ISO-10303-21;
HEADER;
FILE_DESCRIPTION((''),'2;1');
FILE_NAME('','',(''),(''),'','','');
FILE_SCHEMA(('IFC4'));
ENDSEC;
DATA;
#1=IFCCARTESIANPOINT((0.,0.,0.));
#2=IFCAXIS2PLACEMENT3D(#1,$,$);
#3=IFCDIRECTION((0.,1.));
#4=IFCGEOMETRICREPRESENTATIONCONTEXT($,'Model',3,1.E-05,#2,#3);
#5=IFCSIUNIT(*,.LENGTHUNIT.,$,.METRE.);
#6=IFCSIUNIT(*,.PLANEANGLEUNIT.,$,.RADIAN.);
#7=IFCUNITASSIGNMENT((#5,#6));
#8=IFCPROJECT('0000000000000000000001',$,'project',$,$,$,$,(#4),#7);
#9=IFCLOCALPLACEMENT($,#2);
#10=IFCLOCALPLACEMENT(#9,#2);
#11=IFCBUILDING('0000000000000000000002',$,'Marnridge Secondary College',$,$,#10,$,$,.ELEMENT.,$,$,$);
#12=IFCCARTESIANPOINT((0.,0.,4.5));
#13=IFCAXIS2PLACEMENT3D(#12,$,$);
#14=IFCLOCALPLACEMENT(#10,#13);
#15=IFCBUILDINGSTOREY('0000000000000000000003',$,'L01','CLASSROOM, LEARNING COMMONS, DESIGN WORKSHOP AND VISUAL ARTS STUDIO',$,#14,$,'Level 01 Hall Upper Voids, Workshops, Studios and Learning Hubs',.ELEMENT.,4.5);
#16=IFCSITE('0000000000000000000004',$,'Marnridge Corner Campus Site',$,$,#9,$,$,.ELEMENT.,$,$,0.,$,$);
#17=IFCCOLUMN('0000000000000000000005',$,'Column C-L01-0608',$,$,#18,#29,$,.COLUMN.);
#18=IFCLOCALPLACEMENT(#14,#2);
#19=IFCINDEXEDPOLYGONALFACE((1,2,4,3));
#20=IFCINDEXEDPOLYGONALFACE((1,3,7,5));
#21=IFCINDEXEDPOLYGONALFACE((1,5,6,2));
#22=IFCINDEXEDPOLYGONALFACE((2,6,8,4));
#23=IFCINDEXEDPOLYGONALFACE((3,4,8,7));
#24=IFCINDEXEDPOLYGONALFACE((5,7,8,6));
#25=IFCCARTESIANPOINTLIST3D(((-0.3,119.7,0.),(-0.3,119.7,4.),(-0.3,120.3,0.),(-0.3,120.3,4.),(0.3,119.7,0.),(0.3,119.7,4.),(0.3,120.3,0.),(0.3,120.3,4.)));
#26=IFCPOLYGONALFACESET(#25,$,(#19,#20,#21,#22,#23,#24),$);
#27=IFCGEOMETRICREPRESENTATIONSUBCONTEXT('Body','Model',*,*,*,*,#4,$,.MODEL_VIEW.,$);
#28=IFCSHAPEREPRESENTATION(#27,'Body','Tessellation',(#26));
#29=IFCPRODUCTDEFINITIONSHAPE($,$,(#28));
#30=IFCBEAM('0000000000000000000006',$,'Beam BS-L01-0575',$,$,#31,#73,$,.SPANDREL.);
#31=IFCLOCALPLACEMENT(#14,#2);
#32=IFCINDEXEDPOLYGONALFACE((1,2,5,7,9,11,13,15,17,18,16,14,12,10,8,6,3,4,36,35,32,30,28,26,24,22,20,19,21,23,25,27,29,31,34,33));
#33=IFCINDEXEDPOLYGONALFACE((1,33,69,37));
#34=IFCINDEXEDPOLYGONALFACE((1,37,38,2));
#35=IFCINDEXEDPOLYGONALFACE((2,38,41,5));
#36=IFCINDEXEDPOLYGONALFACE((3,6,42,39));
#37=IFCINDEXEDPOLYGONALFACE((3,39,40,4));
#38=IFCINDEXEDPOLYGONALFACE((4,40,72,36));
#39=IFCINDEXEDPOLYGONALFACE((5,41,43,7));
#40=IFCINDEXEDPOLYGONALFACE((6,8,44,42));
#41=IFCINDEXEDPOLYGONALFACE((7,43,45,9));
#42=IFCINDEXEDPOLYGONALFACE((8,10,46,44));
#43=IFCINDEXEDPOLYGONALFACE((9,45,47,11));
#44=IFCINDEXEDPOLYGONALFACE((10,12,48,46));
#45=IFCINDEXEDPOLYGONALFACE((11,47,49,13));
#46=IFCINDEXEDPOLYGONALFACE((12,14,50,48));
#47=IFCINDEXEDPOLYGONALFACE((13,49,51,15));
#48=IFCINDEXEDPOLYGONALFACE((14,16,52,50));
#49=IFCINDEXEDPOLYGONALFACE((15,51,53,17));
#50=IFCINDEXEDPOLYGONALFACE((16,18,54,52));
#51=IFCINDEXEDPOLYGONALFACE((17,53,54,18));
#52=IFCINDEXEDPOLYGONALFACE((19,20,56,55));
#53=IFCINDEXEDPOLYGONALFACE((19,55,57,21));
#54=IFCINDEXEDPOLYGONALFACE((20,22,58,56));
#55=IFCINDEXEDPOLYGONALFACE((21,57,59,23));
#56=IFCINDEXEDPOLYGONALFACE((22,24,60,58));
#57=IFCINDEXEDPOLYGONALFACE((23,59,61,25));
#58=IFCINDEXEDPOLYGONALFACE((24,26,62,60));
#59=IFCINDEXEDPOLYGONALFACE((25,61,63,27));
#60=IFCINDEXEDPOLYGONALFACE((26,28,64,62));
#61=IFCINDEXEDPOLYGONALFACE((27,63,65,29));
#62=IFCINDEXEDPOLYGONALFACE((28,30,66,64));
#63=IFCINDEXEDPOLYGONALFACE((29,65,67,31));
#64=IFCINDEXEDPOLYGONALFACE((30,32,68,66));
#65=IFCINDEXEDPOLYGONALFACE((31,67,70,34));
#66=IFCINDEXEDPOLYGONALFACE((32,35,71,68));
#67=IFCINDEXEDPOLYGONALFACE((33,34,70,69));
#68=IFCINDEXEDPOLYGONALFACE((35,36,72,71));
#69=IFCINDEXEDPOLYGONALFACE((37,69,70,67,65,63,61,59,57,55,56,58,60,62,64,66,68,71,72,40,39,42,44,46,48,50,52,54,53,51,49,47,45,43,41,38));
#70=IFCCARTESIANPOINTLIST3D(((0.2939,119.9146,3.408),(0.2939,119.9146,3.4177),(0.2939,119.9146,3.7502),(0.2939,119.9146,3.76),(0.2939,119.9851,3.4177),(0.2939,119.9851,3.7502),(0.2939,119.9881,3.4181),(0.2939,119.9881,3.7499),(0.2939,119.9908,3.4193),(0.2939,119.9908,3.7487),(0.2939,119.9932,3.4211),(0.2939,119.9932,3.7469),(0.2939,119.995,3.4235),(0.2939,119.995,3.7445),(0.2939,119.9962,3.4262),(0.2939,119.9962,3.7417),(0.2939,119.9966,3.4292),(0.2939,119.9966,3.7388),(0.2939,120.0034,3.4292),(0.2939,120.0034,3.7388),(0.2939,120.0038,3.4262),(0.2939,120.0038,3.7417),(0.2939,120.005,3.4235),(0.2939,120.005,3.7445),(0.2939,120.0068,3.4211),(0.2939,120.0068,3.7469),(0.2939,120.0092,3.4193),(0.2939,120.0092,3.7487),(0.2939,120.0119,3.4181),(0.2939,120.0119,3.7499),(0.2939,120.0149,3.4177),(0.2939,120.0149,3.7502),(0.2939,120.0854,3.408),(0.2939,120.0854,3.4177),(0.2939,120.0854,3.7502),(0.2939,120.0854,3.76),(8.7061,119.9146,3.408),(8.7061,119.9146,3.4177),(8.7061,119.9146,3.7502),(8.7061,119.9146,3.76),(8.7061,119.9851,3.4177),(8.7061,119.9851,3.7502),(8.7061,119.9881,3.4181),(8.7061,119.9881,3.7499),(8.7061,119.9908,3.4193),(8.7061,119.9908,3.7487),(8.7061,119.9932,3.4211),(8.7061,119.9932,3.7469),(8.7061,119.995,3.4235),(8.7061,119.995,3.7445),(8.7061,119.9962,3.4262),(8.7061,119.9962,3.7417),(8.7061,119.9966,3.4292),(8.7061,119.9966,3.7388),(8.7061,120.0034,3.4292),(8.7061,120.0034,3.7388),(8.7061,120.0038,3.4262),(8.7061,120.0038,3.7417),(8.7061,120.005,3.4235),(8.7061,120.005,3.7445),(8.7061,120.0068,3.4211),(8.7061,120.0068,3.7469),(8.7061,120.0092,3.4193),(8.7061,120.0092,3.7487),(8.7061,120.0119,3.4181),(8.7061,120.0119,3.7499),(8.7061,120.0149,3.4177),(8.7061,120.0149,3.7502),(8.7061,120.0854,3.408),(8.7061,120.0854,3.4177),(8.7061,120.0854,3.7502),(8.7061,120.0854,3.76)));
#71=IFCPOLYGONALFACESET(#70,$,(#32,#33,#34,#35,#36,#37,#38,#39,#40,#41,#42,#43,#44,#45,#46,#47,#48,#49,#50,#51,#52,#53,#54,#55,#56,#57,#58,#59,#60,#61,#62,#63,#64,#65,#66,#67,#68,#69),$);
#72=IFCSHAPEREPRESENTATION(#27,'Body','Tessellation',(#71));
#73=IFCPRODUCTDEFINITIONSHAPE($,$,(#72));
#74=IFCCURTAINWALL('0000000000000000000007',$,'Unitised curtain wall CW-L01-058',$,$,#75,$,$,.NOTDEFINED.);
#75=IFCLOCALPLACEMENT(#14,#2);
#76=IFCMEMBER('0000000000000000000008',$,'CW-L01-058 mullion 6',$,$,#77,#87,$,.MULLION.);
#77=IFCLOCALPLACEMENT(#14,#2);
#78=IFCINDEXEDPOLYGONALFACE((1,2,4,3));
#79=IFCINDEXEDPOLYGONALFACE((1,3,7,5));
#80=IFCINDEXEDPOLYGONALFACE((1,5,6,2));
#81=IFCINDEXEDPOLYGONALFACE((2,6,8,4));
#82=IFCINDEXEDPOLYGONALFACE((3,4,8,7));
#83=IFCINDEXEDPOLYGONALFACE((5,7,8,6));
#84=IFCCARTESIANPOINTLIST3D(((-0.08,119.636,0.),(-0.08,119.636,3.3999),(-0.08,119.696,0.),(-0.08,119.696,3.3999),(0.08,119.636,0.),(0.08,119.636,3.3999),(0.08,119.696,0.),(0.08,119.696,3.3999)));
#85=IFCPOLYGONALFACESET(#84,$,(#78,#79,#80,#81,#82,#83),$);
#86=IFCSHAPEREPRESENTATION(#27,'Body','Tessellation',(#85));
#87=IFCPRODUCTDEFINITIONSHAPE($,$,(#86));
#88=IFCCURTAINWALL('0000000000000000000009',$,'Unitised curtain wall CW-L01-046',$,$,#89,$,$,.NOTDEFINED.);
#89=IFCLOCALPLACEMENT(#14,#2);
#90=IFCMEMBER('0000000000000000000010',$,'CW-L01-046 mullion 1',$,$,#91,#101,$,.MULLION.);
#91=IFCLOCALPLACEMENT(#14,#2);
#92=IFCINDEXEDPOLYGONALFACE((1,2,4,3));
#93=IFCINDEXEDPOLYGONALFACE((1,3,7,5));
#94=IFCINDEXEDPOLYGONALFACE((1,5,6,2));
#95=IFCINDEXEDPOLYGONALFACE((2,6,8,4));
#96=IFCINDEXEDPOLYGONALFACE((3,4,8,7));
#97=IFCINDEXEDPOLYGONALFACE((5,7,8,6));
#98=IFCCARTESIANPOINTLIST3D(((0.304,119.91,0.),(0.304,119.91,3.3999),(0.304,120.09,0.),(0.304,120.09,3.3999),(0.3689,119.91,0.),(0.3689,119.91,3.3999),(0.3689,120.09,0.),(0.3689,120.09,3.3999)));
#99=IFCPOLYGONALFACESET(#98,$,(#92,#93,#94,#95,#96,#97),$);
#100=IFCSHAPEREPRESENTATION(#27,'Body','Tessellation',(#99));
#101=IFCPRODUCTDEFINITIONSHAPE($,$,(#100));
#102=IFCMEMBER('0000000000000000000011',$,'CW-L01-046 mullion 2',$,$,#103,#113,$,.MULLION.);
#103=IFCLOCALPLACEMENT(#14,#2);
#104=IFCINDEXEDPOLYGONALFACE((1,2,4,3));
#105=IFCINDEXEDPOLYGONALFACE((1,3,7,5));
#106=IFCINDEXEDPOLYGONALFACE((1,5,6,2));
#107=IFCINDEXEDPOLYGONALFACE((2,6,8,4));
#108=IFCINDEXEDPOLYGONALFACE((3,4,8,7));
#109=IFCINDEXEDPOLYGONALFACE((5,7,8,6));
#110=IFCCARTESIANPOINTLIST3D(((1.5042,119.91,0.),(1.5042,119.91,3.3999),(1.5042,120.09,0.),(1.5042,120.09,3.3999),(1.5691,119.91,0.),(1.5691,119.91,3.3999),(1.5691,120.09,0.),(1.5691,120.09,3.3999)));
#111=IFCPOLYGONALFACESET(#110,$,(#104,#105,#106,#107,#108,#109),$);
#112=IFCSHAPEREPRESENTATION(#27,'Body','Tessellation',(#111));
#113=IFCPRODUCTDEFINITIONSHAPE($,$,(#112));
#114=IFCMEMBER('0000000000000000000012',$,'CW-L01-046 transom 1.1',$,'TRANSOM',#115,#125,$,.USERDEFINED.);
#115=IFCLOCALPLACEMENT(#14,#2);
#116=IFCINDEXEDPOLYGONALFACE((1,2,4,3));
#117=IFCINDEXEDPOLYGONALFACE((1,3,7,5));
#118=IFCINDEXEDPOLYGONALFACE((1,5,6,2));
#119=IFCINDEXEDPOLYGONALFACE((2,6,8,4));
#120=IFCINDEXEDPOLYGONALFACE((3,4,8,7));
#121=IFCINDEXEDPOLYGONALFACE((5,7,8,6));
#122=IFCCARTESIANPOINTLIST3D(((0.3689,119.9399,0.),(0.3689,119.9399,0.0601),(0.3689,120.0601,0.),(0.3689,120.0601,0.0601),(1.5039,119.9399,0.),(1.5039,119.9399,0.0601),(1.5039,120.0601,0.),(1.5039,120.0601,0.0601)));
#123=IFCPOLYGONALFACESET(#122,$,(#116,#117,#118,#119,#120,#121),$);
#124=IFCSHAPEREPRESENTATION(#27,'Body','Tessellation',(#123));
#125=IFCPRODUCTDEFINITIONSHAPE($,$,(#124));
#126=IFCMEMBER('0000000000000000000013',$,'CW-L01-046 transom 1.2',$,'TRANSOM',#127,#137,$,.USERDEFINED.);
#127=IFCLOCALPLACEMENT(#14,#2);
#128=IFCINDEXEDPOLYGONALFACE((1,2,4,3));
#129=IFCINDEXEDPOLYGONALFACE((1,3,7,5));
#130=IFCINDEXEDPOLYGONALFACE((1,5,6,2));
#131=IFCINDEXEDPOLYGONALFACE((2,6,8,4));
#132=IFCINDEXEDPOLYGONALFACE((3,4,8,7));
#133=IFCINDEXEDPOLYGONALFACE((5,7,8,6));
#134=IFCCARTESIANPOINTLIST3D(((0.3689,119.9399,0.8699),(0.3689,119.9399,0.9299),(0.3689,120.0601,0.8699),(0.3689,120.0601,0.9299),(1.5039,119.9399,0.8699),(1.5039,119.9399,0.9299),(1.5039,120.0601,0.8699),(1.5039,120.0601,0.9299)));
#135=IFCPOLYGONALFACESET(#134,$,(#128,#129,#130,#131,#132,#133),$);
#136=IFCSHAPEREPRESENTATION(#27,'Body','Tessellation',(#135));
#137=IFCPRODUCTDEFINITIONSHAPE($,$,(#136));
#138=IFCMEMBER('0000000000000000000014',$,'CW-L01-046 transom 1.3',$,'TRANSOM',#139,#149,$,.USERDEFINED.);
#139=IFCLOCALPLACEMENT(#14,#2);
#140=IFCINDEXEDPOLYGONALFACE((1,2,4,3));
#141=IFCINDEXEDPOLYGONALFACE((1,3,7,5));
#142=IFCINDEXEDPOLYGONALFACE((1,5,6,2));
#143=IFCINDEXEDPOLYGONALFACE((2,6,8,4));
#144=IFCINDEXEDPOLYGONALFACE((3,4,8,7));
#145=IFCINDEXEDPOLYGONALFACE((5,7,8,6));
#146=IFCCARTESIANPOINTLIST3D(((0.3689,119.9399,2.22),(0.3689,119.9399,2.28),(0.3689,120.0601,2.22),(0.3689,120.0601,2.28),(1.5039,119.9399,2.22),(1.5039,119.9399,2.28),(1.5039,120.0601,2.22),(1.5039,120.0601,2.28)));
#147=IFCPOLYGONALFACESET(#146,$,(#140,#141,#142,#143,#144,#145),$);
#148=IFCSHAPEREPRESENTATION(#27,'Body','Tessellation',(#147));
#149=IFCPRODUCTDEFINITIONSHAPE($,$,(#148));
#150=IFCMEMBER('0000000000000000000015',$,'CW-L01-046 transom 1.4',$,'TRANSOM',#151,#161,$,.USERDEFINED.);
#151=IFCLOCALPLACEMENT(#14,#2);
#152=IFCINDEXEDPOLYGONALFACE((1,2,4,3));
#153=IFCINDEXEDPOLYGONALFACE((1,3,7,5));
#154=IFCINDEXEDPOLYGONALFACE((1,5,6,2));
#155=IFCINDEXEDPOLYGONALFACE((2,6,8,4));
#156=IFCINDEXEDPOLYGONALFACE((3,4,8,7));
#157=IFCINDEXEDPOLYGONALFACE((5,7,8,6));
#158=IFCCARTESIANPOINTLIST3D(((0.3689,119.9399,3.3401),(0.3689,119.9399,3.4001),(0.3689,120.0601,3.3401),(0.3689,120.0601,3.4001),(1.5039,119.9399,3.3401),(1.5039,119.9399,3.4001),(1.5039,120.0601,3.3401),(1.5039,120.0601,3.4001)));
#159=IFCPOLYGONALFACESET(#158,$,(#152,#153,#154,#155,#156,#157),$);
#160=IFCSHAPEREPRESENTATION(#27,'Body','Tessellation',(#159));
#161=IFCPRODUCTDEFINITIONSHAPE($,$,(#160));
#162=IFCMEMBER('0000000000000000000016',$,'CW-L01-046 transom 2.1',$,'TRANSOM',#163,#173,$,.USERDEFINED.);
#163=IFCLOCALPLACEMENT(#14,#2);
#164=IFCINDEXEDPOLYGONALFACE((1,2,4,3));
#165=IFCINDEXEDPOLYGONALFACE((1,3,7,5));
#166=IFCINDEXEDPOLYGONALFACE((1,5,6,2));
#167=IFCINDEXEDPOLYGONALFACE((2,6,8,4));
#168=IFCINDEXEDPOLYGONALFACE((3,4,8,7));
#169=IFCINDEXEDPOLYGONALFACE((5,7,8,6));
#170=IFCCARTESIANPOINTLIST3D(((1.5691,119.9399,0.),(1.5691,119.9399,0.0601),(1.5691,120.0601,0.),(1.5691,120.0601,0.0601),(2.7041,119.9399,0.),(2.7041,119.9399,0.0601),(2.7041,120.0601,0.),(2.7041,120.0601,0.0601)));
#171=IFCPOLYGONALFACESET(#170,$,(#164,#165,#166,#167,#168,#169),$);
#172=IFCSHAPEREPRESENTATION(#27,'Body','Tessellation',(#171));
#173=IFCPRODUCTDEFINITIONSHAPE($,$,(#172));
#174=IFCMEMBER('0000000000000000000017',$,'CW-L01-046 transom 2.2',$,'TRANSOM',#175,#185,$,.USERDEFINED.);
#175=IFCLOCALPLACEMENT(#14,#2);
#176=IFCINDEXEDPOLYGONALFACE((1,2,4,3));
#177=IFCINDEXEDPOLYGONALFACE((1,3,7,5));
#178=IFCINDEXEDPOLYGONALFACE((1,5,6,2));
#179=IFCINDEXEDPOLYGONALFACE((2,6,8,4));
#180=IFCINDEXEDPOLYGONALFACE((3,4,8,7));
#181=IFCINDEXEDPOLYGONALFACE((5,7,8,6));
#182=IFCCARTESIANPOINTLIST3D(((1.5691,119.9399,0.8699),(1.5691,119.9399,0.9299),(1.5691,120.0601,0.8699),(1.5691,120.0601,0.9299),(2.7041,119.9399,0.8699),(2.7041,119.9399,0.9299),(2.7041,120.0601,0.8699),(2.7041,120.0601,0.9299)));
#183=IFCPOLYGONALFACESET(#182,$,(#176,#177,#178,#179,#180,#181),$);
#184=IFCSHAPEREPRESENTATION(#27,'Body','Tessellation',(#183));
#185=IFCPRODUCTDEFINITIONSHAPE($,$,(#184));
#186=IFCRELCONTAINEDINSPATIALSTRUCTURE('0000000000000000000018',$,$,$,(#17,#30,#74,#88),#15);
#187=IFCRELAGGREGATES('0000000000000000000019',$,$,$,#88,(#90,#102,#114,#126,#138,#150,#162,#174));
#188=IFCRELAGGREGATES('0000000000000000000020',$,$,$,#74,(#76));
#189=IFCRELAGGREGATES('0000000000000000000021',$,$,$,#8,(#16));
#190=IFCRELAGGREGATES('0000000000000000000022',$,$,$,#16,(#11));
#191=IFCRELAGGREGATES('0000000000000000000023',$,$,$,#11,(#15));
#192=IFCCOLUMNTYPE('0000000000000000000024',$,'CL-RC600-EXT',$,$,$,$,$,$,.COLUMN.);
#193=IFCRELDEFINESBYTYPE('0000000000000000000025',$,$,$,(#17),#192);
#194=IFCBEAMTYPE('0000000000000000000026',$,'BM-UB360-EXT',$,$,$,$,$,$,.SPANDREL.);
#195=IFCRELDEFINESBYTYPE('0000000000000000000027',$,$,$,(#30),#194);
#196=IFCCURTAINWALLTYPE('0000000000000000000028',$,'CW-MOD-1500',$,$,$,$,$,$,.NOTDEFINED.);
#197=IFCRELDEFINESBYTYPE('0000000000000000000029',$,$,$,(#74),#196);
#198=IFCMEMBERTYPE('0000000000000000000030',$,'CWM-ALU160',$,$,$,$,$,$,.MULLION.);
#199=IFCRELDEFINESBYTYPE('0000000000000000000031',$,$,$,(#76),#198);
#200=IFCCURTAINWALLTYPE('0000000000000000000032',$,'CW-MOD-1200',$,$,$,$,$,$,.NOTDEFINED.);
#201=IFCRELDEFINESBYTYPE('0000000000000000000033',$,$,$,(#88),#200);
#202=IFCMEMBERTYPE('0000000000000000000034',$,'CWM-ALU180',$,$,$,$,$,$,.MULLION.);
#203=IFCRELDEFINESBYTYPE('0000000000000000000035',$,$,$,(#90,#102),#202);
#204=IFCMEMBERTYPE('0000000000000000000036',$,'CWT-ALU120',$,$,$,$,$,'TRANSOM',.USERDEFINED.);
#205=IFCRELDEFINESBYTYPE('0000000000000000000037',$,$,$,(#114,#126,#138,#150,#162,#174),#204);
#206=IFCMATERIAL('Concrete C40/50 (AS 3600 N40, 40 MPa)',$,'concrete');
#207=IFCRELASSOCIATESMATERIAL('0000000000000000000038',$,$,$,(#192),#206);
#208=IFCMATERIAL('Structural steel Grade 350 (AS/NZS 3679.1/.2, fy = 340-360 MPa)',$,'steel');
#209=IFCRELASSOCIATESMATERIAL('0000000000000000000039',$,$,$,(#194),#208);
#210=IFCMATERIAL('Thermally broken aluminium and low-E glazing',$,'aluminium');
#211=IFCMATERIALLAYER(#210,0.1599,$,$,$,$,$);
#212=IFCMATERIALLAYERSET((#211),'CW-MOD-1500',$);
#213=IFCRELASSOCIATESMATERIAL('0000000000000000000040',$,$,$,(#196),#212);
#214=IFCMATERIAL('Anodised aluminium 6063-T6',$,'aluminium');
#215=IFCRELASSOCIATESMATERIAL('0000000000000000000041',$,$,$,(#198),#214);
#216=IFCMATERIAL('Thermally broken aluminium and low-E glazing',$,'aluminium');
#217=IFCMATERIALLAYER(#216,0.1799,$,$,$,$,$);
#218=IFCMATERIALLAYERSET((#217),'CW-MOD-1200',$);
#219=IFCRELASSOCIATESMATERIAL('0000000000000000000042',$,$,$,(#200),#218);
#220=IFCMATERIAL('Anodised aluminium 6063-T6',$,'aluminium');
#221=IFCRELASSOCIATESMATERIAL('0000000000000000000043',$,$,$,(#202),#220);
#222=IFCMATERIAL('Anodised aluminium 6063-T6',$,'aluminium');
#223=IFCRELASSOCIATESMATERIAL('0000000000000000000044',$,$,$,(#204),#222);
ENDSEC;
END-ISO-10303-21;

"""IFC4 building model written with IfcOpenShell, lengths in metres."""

from ifc_helpers import new_model, si_unit, direction, frame, origin, origin_2d, place, context, subcontext, project, spatial, rectangle, i_section, extrude, material, layer, layer_set, material_profile, profile_set, type_object, element, aggregate, save


model = new_model("IFC4")

# Units and contexts
model_context = context("Model", 3, precision=1e-05, world=origin(), true_north=direction((0.0, 1.0)))
body_context = subcontext(model_context, "Body", "Model", "MODEL_VIEW")
ifc_project = project(units=[si_unit("LENGTHUNIT", "METRE"), si_unit("PLANEANGLEUNIT", "RADIAN")], contexts=[model_context])

# Site, building, storey
site_placement = place(None, origin())
site = spatial("IfcSite", under=ifc_project, at=site_placement, Name="Marnridge Corner Campus Site", CompositionType="ELEMENT", RefElevation=0.0)
building_placement = place(site_placement, origin())
building = spatial("IfcBuilding", under=site, at=building_placement, Name="Marnridge Secondary College", CompositionType="ELEMENT")
storey_placement = place(building_placement, frame((0.0, 0.0, 4.5)))
storey = spatial("IfcBuildingStorey", under=building, at=storey_placement, Name="L01", Description="CLASSROOM, LEARNING COMMONS, DESIGN WORKSHOP AND VISUAL ARTS STUDIO", LongName="Level 01 Hall Upper Voids, Workshops, Studios and Learning Hubs", CompositionType="ELEMENT", Elevation=4.5)

# Column
ifc_material_1 = material(Name="Concrete C40/50 (AS 3600 N40, 40 MPa)", Category="concrete")
ifc_material_profile_1 = material_profile(ifc_material_1, rectangle(XDim=0.6001, YDim=0.6001, at=origin_2d()), Name="RC 600x600")
ifc_profile_set_1 = profile_set([ifc_material_profile_1], Name="Concrete C40/50 (AS 3600 N40, 40 MPa)")
column_type = type_object("IfcColumnType", Name="CL-RC600-EXT", PredefinedType="COLUMN", material=ifc_profile_set_1)
column_placement = place(storey_placement, frame((0.0, 120.0, 0.0), z_axis=(0.0, 0.0, 1.0), x_axis=(1.0, 0.0, 0.0)))
element("IfcColumn", 1, at=column_placement, inside=storey, type_object=column_type, Name="Column C-L01-0608", PredefinedType="COLUMN", context=body_context, shape_type="SweptSolid", body=[
    extrude(rectangle(XDim=0.6001, YDim=0.6001, at=origin_2d()), origin(), (0.0, 0.0, 1.0), 4.0),
])

# Beam
ifc_material_2 = material(Name="Structural steel Grade 350 (AS/NZS 3679.1/.2, fy = 340-360 MPa)", Category="steel")
ifc_material_profile_2 = material_profile(ifc_material_2, i_section(OverallWidth=0.1709, OverallDepth=0.3521, WebThickness=0.0068, FlangeThickness=0.0098, FilletRadius=0.0115, at=origin_2d()), Name="360UB44.7")
ifc_profile_set_2 = profile_set([ifc_material_profile_2], Name="Structural steel Grade 350 (AS/NZS 3679.1/.2, fy = 340-360 MPa)")
beam_type = type_object("IfcBeamType", Name="BM-UB360-EXT", PredefinedType="SPANDREL", material=ifc_profile_set_2)
beam_placement = place(storey_placement, frame((0.2939, 120.0, 3.584), z_axis=(1.0, 0.0, 0.0), x_axis=(0.0, 1.0, 0.0)))
element("IfcBeam", 2, at=beam_placement, inside=storey, type_object=beam_type, Name="Beam BS-L01-0575", PredefinedType="SPANDREL", context=body_context, shape_type="SweptSolid", body=[
    extrude(i_section(OverallWidth=0.1709, OverallDepth=0.3521, WebThickness=0.0068, FlangeThickness=0.0098, FilletRadius=0.0115, at=origin_2d()), origin(), (0.0, 0.0, 1.0), 8.4121),
])

# Curtain wall, member
ifc_material_3 = material(Name="Thermally broken aluminium and low-E glazing", Category="aluminium")
ifc_layer_1 = layer(ifc_material_3, 0.1599)
ifc_layer_set_1 = layer_set([ifc_layer_1], Name="CW-MOD-1500")
curtain_wall_type_1 = type_object("IfcCurtainWallType", Name="CW-MOD-1500", PredefinedType="NOTDEFINED", material=ifc_layer_set_1)
curtain_wall_1_placement = place(storey_placement, origin())
curtain_wall_1 = element("IfcCurtainWall", 3, at=curtain_wall_1_placement, inside=storey, type_object=curtain_wall_type_1, Name="Unitised curtain wall CW-L01-058", PredefinedType="NOTDEFINED")
ifc_material_4 = material(Name="Anodised aluminium 6063-T6", Category="aluminium")
ifc_material_profile_3 = material_profile(ifc_material_4, rectangle(XDim=0.0601, YDim=0.1599, at=origin_2d()), Name="ALU 60x160")
ifc_profile_set_3 = profile_set([ifc_material_profile_3], Name="Anodised aluminium 6063-T6")
member_type_1 = type_object("IfcMemberType", Name="CWM-ALU160", PredefinedType="MULLION", material=ifc_profile_set_3)
member_1_placement = place(storey_placement, frame((0.0, 119.666, 0.0), z_axis=(0.0, 0.0, 1.0), x_axis=(0.0, 1.0, 0.0)))
member_1 = element("IfcMember", 4, at=member_1_placement, type_object=member_type_1, Name="CW-L01-058 mullion 6", PredefinedType="MULLION", context=body_context, shape_type="SweptSolid", body=[
    extrude(rectangle(XDim=0.0601, YDim=0.1599, at=origin_2d()), origin(), (0.0, 0.0, 1.0), 3.3999),
])

# Curtain wall, members
ifc_material_5 = material(Name="Thermally broken aluminium and low-E glazing", Category="aluminium")
ifc_layer_2 = layer(ifc_material_5, 0.1799)
ifc_layer_set_2 = layer_set([ifc_layer_2], Name="CW-MOD-1200")
curtain_wall_type_2 = type_object("IfcCurtainWallType", Name="CW-MOD-1200", PredefinedType="NOTDEFINED", material=ifc_layer_set_2)
curtain_wall_2_placement = place(storey_placement, origin())
curtain_wall_2 = element("IfcCurtainWall", 5, at=curtain_wall_2_placement, inside=storey, type_object=curtain_wall_type_2, Name="Unitised curtain wall CW-L01-046", PredefinedType="NOTDEFINED")
ifc_material_6 = material(Name="Anodised aluminium 6063-T6", Category="aluminium")
ifc_material_profile_4 = material_profile(ifc_material_6, rectangle(XDim=0.0649, YDim=0.1799, at=origin_2d()), Name="ALU 65x180")
ifc_profile_set_4 = profile_set([ifc_material_profile_4], Name="Anodised aluminium 6063-T6")
member_type_2 = type_object("IfcMemberType", Name="CWM-ALU180", PredefinedType="MULLION", material=ifc_profile_set_4)
member_2_placement = place(storey_placement, frame((0.3364, 120.0, 0.0), z_axis=(0.0, 0.0, 1.0), x_axis=(1.0, 0.0, 0.0)))
member_2 = element("IfcMember", 6, at=member_2_placement, type_object=member_type_2, Name="CW-L01-046 mullion 1", PredefinedType="MULLION", context=body_context, shape_type="SweptSolid", body=[
    extrude(rectangle(XDim=0.0649, YDim=0.1799, at=origin_2d()), origin(), (0.0, 0.0, 1.0), 3.3999),
])
member_3_placement = place(storey_placement, frame((1.5366, 120.0, 0.0), z_axis=(0.0, 0.0, 1.0), x_axis=(1.0, 0.0, 0.0)))
member_3 = element("IfcMember", 7, at=member_3_placement, type_object=member_type_2, Name="CW-L01-046 mullion 2", PredefinedType="MULLION", context=body_context, shape_type="SweptSolid", body=[
    extrude(rectangle(XDim=0.0649, YDim=0.1799, at=origin_2d()), origin(), (0.0, 0.0, 1.0), 3.3999),
])
ifc_material_7 = material(Name="Anodised aluminium 6063-T6", Category="aluminium")
ifc_material_profile_5 = material_profile(ifc_material_7, rectangle(XDim=0.0601, YDim=0.1201, at=origin_2d()), Name="ALU 60x120")
ifc_profile_set_5 = profile_set([ifc_material_profile_5], Name="Anodised aluminium 6063-T6")
member_type_3 = type_object("IfcMemberType", Name="CWT-ALU120", ElementType="TRANSOM", PredefinedType="USERDEFINED", material=ifc_profile_set_5)
member_4_placement = place(storey_placement, frame((0.3689, 120.0, 0.03), z_axis=(1.0, 0.0, 0.0), x_axis=(0.0, 0.0, 1.0)))
member_4 = element("IfcMember", 8, at=member_4_placement, type_object=member_type_3, Name="CW-L01-046 transom 1.1", ObjectType="TRANSOM", PredefinedType="USERDEFINED", context=body_context, shape_type="SweptSolid", body=[
    extrude(rectangle(XDim=0.0601, YDim=0.1201, at=origin_2d()), origin(), (0.0, 0.0, 1.0), 1.135),
])
member_5_placement = place(storey_placement, frame((0.3689, 120.0, 0.8999), z_axis=(1.0, 0.0, 0.0), x_axis=(0.0, 0.0, 1.0)))
member_5 = element("IfcMember", 9, at=member_5_placement, type_object=member_type_3, Name="CW-L01-046 transom 1.2", ObjectType="TRANSOM", PredefinedType="USERDEFINED", context=body_context, shape_type="SweptSolid", body=[
    extrude(rectangle(XDim=0.0601, YDim=0.1201, at=origin_2d()), origin(), (0.0, 0.0, 1.0), 1.135),
])
member_6_placement = place(storey_placement, frame((0.3689, 120.0, 2.25), z_axis=(1.0, 0.0, 0.0), x_axis=(0.0, 0.0, 1.0)))
member_6 = element("IfcMember", 10, at=member_6_placement, type_object=member_type_3, Name="CW-L01-046 transom 1.3", ObjectType="TRANSOM", PredefinedType="USERDEFINED", context=body_context, shape_type="SweptSolid", body=[
    extrude(rectangle(XDim=0.0601, YDim=0.1201, at=origin_2d()), origin(), (0.0, 0.0, 1.0), 1.135),
])
member_7_placement = place(storey_placement, frame((0.3689, 120.0, 3.3701), z_axis=(1.0, 0.0, 0.0), x_axis=(0.0, 0.0, 1.0)))
member_7 = element("IfcMember", 11, at=member_7_placement, type_object=member_type_3, Name="CW-L01-046 transom 1.4", ObjectType="TRANSOM", PredefinedType="USERDEFINED", context=body_context, shape_type="SweptSolid", body=[
    extrude(rectangle(XDim=0.0601, YDim=0.1201, at=origin_2d()), origin(), (0.0, 0.0, 1.0), 1.135),
])
member_8_placement = place(storey_placement, frame((1.5691, 120.0, 0.03), z_axis=(1.0, 0.0, 0.0), x_axis=(0.0, 0.0, 1.0)))
member_8 = element("IfcMember", 12, at=member_8_placement, type_object=member_type_3, Name="CW-L01-046 transom 2.1", ObjectType="TRANSOM", PredefinedType="USERDEFINED", context=body_context, shape_type="SweptSolid", body=[
    extrude(rectangle(XDim=0.0601, YDim=0.1201, at=origin_2d()), origin(), (0.0, 0.0, 1.0), 1.135),
])
member_9_placement = place(storey_placement, frame((1.5691, 120.0, 0.8999), z_axis=(1.0, 0.0, 0.0), x_axis=(0.0, 0.0, 1.0)))
member_9 = element("IfcMember", 13, at=member_9_placement, type_object=member_type_3, Name="CW-L01-046 transom 2.2", ObjectType="TRANSOM", PredefinedType="USERDEFINED", context=body_context, shape_type="SweptSolid", body=[
    extrude(rectangle(XDim=0.0601, YDim=0.1201, at=origin_2d()), origin(), (0.0, 0.0, 1.0), 1.135),
])

aggregate(curtain_wall_2, [member_2, member_3, member_4, member_5, member_6, member_7, member_8, member_9])
aggregate(curtain_wall_1, [member_1])

save(model, "model.ifc")
